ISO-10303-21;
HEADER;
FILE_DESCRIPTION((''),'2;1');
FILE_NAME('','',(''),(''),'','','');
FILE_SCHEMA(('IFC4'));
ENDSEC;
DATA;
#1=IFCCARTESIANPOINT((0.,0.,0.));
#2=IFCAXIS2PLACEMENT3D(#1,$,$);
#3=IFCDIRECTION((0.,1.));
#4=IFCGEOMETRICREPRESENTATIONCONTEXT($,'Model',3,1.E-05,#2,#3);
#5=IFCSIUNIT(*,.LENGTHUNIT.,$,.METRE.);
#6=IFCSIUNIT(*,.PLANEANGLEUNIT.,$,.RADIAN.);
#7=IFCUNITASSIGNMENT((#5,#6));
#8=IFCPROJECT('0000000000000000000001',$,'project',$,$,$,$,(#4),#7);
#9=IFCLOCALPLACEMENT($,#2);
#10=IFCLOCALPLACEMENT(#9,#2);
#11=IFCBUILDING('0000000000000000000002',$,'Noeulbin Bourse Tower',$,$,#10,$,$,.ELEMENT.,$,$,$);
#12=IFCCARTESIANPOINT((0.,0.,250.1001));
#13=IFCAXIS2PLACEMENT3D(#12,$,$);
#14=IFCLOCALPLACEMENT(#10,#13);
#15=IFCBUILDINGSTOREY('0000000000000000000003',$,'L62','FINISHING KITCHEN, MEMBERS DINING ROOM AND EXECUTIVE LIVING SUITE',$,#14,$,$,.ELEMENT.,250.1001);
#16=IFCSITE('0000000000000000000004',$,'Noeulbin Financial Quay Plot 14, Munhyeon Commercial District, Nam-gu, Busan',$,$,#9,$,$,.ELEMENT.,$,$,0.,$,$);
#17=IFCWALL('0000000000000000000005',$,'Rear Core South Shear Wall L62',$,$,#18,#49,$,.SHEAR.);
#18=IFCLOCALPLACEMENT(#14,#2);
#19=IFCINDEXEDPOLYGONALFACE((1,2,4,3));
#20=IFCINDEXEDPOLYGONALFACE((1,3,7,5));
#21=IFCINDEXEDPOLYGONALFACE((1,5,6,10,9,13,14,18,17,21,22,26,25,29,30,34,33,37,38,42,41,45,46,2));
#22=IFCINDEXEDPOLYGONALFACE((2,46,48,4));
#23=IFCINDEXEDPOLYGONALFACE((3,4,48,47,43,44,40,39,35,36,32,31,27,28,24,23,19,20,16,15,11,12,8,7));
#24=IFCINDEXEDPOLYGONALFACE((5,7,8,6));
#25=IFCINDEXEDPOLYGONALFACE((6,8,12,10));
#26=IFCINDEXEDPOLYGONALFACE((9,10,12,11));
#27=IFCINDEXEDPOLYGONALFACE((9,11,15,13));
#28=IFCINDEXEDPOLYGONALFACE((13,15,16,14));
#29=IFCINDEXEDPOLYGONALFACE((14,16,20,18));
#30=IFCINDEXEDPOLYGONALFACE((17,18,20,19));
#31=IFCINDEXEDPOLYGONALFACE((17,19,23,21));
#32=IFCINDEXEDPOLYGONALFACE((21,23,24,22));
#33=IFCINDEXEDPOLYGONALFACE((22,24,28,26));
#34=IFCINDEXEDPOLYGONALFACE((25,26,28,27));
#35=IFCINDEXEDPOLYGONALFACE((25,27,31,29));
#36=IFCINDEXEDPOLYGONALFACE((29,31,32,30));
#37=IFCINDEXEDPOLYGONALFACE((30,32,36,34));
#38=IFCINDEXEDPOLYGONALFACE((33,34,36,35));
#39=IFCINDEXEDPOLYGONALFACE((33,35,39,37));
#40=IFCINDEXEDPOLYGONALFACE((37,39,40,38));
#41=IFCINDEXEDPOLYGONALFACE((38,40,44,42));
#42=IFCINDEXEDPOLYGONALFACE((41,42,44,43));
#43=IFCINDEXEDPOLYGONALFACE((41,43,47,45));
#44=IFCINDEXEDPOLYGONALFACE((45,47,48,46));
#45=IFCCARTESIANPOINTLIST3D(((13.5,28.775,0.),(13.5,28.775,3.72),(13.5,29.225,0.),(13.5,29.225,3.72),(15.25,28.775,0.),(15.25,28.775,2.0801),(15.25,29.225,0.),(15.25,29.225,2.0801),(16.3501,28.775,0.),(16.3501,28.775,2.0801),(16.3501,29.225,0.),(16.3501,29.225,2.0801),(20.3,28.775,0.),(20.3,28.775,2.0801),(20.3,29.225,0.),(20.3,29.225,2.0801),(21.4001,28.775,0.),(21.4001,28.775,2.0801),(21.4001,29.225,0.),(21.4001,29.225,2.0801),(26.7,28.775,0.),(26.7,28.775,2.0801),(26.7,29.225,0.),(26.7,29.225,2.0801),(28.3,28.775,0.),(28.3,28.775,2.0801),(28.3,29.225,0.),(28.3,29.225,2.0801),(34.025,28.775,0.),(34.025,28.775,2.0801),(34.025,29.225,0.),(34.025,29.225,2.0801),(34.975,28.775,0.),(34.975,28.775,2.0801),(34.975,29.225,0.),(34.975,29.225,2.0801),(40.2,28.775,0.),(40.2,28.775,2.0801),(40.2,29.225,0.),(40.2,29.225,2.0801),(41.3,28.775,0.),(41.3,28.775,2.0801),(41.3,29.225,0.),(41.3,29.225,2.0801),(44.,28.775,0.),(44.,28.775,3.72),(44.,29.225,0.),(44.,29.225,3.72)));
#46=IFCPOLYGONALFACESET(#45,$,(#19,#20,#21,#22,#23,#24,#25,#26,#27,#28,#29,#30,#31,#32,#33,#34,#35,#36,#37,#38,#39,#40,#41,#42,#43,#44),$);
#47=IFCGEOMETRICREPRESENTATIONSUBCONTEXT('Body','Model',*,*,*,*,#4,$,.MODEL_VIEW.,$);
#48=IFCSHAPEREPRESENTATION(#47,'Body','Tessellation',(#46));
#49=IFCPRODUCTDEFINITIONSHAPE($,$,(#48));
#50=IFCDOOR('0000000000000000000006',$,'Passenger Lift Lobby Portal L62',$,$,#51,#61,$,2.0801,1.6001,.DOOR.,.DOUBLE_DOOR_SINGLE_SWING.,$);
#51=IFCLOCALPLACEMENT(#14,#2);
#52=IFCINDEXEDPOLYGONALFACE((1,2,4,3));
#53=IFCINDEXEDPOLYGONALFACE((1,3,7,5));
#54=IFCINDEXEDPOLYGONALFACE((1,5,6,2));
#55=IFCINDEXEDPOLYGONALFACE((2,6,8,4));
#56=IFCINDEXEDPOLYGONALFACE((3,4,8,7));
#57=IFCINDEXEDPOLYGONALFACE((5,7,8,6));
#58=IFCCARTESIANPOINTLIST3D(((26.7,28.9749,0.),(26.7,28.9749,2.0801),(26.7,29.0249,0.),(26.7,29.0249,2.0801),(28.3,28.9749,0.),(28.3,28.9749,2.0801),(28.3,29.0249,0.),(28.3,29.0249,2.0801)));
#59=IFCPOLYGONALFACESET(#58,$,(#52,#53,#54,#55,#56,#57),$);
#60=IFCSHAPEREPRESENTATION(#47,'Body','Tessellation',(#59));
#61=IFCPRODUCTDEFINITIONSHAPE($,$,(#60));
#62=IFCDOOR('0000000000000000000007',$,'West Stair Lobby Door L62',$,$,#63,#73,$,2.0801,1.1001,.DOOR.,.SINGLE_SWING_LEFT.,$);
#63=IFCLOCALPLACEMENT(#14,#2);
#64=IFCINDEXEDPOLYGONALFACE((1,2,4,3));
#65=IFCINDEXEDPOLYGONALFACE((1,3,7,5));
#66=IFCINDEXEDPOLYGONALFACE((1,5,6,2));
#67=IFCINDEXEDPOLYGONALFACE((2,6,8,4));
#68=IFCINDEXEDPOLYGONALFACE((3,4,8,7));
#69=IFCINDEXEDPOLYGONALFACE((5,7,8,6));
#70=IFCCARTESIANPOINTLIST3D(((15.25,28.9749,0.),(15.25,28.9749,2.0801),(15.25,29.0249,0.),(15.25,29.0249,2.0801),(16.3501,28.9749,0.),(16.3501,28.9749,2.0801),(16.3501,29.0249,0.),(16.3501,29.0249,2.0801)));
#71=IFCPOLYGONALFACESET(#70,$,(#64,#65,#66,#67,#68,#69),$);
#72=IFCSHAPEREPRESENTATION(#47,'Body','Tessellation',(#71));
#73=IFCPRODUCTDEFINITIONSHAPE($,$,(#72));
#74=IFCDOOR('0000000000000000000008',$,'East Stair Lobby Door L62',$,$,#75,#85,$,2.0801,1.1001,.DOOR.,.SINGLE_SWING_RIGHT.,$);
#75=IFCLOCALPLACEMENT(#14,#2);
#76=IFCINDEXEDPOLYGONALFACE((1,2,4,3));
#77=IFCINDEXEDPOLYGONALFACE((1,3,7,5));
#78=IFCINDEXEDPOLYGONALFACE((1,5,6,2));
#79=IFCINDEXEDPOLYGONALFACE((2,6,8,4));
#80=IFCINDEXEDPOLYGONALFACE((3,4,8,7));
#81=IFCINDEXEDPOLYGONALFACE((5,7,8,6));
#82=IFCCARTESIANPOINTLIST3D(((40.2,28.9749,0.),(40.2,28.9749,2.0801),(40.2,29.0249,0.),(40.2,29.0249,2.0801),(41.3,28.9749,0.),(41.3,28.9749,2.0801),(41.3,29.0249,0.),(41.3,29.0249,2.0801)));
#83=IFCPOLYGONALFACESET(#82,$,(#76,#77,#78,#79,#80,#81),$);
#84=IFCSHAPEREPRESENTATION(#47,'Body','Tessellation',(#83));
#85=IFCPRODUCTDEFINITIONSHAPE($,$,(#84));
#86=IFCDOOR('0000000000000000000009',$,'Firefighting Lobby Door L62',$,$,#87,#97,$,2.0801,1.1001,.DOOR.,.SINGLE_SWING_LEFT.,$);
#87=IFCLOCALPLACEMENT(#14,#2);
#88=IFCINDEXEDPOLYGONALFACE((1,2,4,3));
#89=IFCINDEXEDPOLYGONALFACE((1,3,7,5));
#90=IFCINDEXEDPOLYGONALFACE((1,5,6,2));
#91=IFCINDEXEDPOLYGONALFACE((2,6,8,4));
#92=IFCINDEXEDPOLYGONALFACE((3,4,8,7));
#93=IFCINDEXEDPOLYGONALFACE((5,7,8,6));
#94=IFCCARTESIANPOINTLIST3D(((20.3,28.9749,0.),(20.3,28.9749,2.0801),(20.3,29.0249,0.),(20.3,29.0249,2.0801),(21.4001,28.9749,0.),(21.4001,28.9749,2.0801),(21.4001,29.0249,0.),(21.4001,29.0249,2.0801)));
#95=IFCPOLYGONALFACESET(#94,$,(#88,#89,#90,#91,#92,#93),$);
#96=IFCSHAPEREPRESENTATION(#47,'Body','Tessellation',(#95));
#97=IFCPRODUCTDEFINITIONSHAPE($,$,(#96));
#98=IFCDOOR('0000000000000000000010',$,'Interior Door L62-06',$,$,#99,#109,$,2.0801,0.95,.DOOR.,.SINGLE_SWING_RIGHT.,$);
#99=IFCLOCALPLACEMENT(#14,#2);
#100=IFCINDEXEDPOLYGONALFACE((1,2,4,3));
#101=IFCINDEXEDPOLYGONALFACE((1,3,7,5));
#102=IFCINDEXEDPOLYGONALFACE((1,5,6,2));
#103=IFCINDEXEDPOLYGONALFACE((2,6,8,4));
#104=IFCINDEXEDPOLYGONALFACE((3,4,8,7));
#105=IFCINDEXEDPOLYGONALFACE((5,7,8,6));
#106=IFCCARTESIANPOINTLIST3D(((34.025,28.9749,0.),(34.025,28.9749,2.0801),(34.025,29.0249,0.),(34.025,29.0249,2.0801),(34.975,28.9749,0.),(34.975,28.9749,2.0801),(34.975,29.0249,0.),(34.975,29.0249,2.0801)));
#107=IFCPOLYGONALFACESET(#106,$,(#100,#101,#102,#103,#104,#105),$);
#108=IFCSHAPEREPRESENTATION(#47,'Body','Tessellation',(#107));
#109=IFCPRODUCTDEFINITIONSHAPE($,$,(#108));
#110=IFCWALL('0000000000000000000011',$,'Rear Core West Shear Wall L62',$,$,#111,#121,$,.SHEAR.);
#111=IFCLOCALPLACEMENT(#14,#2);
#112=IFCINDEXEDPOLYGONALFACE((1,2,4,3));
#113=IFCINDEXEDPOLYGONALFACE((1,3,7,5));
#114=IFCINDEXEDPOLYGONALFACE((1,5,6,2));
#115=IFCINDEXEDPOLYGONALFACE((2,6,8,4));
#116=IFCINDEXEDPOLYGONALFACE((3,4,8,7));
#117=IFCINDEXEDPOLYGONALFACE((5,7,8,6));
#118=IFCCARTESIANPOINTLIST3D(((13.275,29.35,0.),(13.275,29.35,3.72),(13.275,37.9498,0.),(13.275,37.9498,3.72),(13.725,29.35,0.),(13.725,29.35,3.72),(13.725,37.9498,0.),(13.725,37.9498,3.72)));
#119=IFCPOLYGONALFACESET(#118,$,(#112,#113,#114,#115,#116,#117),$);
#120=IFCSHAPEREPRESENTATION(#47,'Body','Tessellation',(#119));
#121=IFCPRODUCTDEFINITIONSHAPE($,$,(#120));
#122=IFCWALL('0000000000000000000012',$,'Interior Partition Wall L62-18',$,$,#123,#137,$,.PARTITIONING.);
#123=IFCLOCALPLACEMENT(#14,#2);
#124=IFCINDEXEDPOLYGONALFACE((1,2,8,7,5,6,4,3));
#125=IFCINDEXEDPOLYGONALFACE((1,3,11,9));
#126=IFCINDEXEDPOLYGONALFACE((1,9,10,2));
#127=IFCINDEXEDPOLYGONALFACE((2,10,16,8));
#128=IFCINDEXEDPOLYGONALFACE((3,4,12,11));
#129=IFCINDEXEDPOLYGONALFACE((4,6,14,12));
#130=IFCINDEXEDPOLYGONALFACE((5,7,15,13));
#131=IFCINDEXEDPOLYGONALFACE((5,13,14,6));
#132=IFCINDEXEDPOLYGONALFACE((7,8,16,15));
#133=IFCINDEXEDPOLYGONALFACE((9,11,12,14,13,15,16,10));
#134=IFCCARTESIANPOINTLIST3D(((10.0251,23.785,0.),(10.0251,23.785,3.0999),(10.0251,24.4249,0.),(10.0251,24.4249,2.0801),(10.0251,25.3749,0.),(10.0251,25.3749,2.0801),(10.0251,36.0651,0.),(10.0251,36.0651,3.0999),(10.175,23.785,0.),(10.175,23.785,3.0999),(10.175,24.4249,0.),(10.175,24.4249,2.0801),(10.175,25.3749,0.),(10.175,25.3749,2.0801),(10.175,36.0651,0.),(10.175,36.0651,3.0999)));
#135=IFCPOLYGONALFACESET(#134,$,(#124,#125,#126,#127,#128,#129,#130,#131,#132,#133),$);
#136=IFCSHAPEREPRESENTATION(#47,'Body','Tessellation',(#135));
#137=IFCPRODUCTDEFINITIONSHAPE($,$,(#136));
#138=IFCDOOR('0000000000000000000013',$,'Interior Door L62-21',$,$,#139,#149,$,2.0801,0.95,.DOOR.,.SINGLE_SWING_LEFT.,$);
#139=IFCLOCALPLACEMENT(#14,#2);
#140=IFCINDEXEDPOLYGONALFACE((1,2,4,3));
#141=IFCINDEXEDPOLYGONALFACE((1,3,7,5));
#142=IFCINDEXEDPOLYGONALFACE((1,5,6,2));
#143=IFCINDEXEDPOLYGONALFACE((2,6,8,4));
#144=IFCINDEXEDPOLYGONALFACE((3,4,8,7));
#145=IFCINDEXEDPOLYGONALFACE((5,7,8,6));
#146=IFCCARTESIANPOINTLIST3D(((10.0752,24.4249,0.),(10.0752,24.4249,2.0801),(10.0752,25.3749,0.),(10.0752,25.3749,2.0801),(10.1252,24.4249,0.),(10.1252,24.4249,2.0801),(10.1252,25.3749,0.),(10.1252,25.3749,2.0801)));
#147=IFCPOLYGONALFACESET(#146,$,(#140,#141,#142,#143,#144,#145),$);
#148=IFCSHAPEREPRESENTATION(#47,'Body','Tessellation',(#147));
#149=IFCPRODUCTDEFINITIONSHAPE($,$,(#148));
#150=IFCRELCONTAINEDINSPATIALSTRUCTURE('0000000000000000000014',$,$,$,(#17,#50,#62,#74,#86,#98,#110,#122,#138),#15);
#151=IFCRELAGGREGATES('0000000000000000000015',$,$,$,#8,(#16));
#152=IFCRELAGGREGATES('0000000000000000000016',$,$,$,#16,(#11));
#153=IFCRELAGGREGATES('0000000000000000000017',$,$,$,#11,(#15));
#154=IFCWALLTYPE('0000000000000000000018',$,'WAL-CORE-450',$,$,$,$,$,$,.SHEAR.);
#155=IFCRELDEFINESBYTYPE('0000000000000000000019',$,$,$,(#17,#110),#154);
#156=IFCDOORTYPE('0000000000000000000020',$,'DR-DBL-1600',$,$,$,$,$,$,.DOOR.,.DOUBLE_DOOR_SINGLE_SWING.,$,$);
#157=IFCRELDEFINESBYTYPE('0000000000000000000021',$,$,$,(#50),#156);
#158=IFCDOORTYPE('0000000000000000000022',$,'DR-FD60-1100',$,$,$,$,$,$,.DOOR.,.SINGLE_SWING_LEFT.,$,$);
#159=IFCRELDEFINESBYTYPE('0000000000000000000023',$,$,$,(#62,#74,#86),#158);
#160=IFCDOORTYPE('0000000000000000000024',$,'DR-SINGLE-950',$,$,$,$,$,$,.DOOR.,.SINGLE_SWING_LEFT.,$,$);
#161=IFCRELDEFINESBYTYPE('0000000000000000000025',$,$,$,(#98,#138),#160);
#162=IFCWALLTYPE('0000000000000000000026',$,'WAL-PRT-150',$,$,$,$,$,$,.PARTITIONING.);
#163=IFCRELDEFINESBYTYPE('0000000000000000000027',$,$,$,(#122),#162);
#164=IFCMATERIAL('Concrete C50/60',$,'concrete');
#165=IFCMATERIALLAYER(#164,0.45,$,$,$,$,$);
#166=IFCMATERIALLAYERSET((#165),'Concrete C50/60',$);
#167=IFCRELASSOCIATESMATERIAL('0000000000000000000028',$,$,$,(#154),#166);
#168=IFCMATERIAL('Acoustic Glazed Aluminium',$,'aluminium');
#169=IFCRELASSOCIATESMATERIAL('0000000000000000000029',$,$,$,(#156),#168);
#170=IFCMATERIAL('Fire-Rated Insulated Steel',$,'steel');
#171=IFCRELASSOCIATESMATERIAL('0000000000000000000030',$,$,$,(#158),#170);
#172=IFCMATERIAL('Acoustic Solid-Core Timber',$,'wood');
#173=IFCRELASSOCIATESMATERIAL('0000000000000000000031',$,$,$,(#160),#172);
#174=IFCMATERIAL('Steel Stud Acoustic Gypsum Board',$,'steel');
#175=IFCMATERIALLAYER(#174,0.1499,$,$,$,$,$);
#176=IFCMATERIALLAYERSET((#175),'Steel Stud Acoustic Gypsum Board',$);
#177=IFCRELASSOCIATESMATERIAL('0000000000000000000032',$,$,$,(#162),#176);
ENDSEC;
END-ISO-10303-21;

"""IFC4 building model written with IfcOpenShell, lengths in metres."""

from ifc_helpers import new_model, si_unit, direction, frame, frame_2d, origin, place, context, subcontext, project, spatial, rectangle, extrude, material, layer, layer_set, type_object, element, fill, save


model = new_model("IFC4")

# Units and contexts
model_context = context("Model", 3, precision=1e-05, world=origin(), true_north=direction((0.0, 1.0)))
body_context = subcontext(model_context, "Body", "Model", "MODEL_VIEW")
ifc_project = project(units=[si_unit("LENGTHUNIT", "METRE"), si_unit("PLANEANGLEUNIT", "RADIAN")], contexts=[model_context])

# Site, building, storey
site_placement = place(None, origin())
site = spatial("IfcSite", under=ifc_project, at=site_placement, Name="Noeulbin Financial Quay Plot 14, Munhyeon Commercial District, Nam-gu, Busan", CompositionType="ELEMENT", RefElevation=0.0)
building_placement = place(site_placement, origin())
building = spatial("IfcBuilding", under=site, at=building_placement, Name="Noeulbin Bourse Tower", CompositionType="ELEMENT")
storey_placement = place(building_placement, frame((0.0, 0.0, 250.1001)))
storey = spatial("IfcBuildingStorey", under=building, at=storey_placement, Name="L62", Description="FINISHING KITCHEN, MEMBERS DINING ROOM AND EXECUTIVE LIVING SUITE", CompositionType="ELEMENT", Elevation=250.1001)

# Wall, openings, doors
ifc_material_1 = material(Name="Concrete C50/60", Category="concrete")
ifc_layer_1 = layer(ifc_material_1, 0.45)
ifc_layer_set_1 = layer_set([ifc_layer_1], Name="Concrete C50/60")
wall_type_1 = type_object("IfcWallType", Name="WAL-CORE-450", PredefinedType="SHEAR", material=ifc_layer_set_1)
wall_1_placement = place(storey_placement, frame((13.5, 29.0, 0.0), z_axis=(0.0, 0.0, 1.0), x_axis=(1.0, 0.0, 0.0)))
wall_1 = element("IfcWall", 1, at=wall_1_placement, inside=storey, type_object=wall_type_1, Name="Rear Core South Shear Wall L62", PredefinedType="SHEAR", context=body_context, shape_type="SweptSolid", body=[
    extrude(rectangle(XDim=30.5, YDim=0.45, at=frame_2d((15.25, 0.0))), origin(), (0.0, 0.0, 1.0), 3.72),
])
opening_1_placement = place(wall_1_placement, frame((1.75, 0.0, 0.0)))
opening_1 = element("IfcOpeningElement", 2, at=opening_1_placement, cuts=wall_1, PredefinedType="OPENING", context=body_context, shape_type="SweptSolid", body=[
    extrude(rectangle(XDim=1.1001, YDim=2.0801, at=frame_2d((0.55, 1.04))), frame((0.0, 0.2349, 0.0), z_axis=(0.0, -1.0, 0.0), x_axis=(1.0, 0.0, 0.0)), (0.0, 0.0, 1.0), 0.47),
])
opening_2_placement = place(wall_1_placement, frame((26.7, 0.0, 0.0)))
opening_2 = element("IfcOpeningElement", 3, at=opening_2_placement, cuts=wall_1, PredefinedType="OPENING", context=body_context, shape_type="SweptSolid", body=[
    extrude(rectangle(XDim=1.1001, YDim=2.0801, at=frame_2d((0.55, 1.04))), frame((0.0, 0.2349, 0.0), z_axis=(0.0, -1.0, 0.0), x_axis=(1.0, 0.0, 0.0)), (0.0, 0.0, 1.0), 0.47),
])
opening_3_placement = place(wall_1_placement, frame((6.8, 0.0, 0.0)))
opening_3 = element("IfcOpeningElement", 4, at=opening_3_placement, cuts=wall_1, PredefinedType="OPENING", context=body_context, shape_type="SweptSolid", body=[
    extrude(rectangle(XDim=1.1001, YDim=2.0801, at=frame_2d((0.55, 1.04))), frame((0.0, 0.2349, 0.0), z_axis=(0.0, -1.0, 0.0), x_axis=(1.0, 0.0, 0.0)), (0.0, 0.0, 1.0), 0.47),
])
opening_4_placement = place(wall_1_placement, frame((13.2, 0.0, 0.0)))
opening_4 = element("IfcOpeningElement", 5, at=opening_4_placement, cuts=wall_1, PredefinedType="OPENING", context=body_context, shape_type="SweptSolid", body=[
    extrude(rectangle(XDim=1.6001, YDim=2.0801, at=frame_2d((0.8, 1.04))), frame((0.0, 0.2349, 0.0), z_axis=(0.0, -1.0, 0.0), x_axis=(1.0, 0.0, 0.0)), (0.0, 0.0, 1.0), 0.47),
])
opening_5_placement = place(wall_1_placement, frame((20.5249, 0.0, 0.0)))
opening_5 = element("IfcOpeningElement", 6, at=opening_5_placement, cuts=wall_1, PredefinedType="OPENING", context=body_context, shape_type="SweptSolid", body=[
    extrude(rectangle(XDim=0.95, YDim=2.0801, at=frame_2d((0.4751, 1.04))), frame((0.0, 0.2349, 0.0), z_axis=(0.0, -1.0, 0.0), x_axis=(1.0, 0.0, 0.0)), (0.0, 0.0, 1.0), 0.47),
])
ifc_material_2 = material(Name="Acoustic Glazed Aluminium", Category="aluminium")
door_type_1 = type_object("IfcDoorType", Name="DR-DBL-1600", OperationType="DOUBLE_DOOR_SINGLE_SWING", PredefinedType="DOOR", material=ifc_material_2)
door_1_placement = place(opening_4_placement, origin())
door_1 = element("IfcDoor", 7, at=door_1_placement, inside=storey, type_object=door_type_1, Name="Passenger Lift Lobby Portal L62", OperationType="DOUBLE_DOOR_SINGLE_SWING", OverallHeight=2.0801, OverallWidth=1.6001, PredefinedType="DOOR", context=body_context, shape_type="SweptSolid", body=[
    extrude(rectangle(XDim=1.6001, YDim=2.0801, at=frame_2d((0.8, 1.04))), frame((0.0, 0.0249, 0.0), z_axis=(0.0, -1.0, 0.0), x_axis=(1.0, 0.0, 0.0)), (0.0, 0.0, 1.0), 0.05),
])
fill(opening_4, door_1)
ifc_material_3 = material(Name="Fire-Rated Insulated Steel", Category="steel")
door_type_2 = type_object("IfcDoorType", Name="DR-FD60-1100", OperationType="SINGLE_SWING_LEFT", PredefinedType="DOOR", material=ifc_material_3)
door_2_placement = place(opening_1_placement, origin())
door_2 = element("IfcDoor", 8, at=door_2_placement, inside=storey, type_object=door_type_2, Name="West Stair Lobby Door L62", OperationType="SINGLE_SWING_LEFT", OverallHeight=2.0801, OverallWidth=1.1001, PredefinedType="DOOR", context=body_context, shape_type="SweptSolid", body=[
    extrude(rectangle(XDim=1.1001, YDim=2.0801, at=frame_2d((0.55, 1.04))), frame((0.0, 0.0249, 0.0), z_axis=(0.0, -1.0, 0.0), x_axis=(1.0, 0.0, 0.0)), (0.0, 0.0, 1.0), 0.05),
])
fill(opening_1, door_2)
door_3_placement = place(opening_2_placement, origin())
door_3 = element("IfcDoor", 9, at=door_3_placement, inside=storey, type_object=door_type_2, Name="East Stair Lobby Door L62", OperationType="SINGLE_SWING_RIGHT", OverallHeight=2.0801, OverallWidth=1.1001, PredefinedType="DOOR", context=body_context, shape_type="SweptSolid", body=[
    extrude(rectangle(XDim=1.1001, YDim=2.0801, at=frame_2d((0.55, 1.04))), frame((0.0, 0.0249, 0.0), z_axis=(0.0, -1.0, 0.0), x_axis=(1.0, 0.0, 0.0)), (0.0, 0.0, 1.0), 0.05),
])
fill(opening_2, door_3)
door_4_placement = place(opening_3_placement, origin())
door_4 = element("IfcDoor", 10, at=door_4_placement, inside=storey, type_object=door_type_2, Name="Firefighting Lobby Door L62", OperationType="SINGLE_SWING_LEFT", OverallHeight=2.0801, OverallWidth=1.1001, PredefinedType="DOOR", context=body_context, shape_type="SweptSolid", body=[
    extrude(rectangle(XDim=1.1001, YDim=2.0801, at=frame_2d((0.55, 1.04))), frame((0.0, 0.0249, 0.0), z_axis=(0.0, -1.0, 0.0), x_axis=(1.0, 0.0, 0.0)), (0.0, 0.0, 1.0), 0.05),
])
fill(opening_3, door_4)
ifc_material_4 = material(Name="Acoustic Solid-Core Timber", Category="wood")
door_type_3 = type_object("IfcDoorType", Name="DR-SINGLE-950", OperationType="SINGLE_SWING_LEFT", PredefinedType="DOOR", material=ifc_material_4)
door_5_placement = place(opening_5_placement, origin())
door_5 = element("IfcDoor", 11, at=door_5_placement, inside=storey, type_object=door_type_3, Name="Interior Door L62-06", OperationType="SINGLE_SWING_RIGHT", OverallHeight=2.0801, OverallWidth=0.95, PredefinedType="DOOR", context=body_context, shape_type="SweptSolid", body=[
    extrude(rectangle(XDim=0.95, YDim=2.0801, at=frame_2d((0.4751, 1.04))), frame((0.0, 0.0249, 0.0), z_axis=(0.0, -1.0, 0.0), x_axis=(1.0, 0.0, 0.0)), (0.0, 0.0, 1.0), 0.05),
])
fill(opening_5, door_5)

# Wall
wall_2_placement = place(storey_placement, frame((13.5, 29.3501, 0.0), z_axis=(0.0, 0.0, 1.0), x_axis=(0.0, 1.0, 0.0)))
element("IfcWall", 12, at=wall_2_placement, inside=storey, type_object=wall_type_1, Name="Rear Core West Shear Wall L62", PredefinedType="SHEAR", context=body_context, shape_type="SweptSolid", body=[
    extrude(rectangle(XDim=8.5999, YDim=0.45, at=frame_2d((4.2998, 0.0))), origin(), (0.0, 0.0, 1.0), 3.72),
])

# Wall, opening, door
ifc_material_5 = material(Name="Steel Stud Acoustic Gypsum Board", Category="steel")
ifc_layer_2 = layer(ifc_material_5, 0.1499)
ifc_layer_set_2 = layer_set([ifc_layer_2], Name="Steel Stud Acoustic Gypsum Board")
wall_type_2 = type_object("IfcWallType", Name="WAL-PRT-150", PredefinedType="PARTITIONING", material=ifc_layer_set_2)
wall_3_placement = place(storey_placement, frame((10.1001, 23.7849, 0.0), z_axis=(0.0, 0.0, 1.0), x_axis=(0.0, 1.0, 0.0)))
wall_3 = element("IfcWall", 13, at=wall_3_placement, inside=storey, type_object=wall_type_2, Name="Interior Partition Wall L62-18", PredefinedType="PARTITIONING", context=body_context, shape_type="SweptSolid", body=[
    extrude(rectangle(XDim=12.28, YDim=0.1499, at=frame_2d((6.1401, 0.0))), origin(), (0.0, 0.0, 1.0), 3.0999),
])
opening_6_placement = place(wall_3_placement, frame((0.6399, 0.0, 0.0)))
opening_6 = element("IfcOpeningElement", 14, at=opening_6_placement, cuts=wall_3, PredefinedType="OPENING", context=body_context, shape_type="SweptSolid", body=[
    extrude(rectangle(XDim=0.95, YDim=2.0801, at=frame_2d((0.4751, 1.04))), frame((0.0, 0.085, 0.0), z_axis=(0.0, -1.0, 0.0), x_axis=(1.0, 0.0, 0.0)), (0.0, 0.0, 1.0), 0.1699),
])
door_6_placement = place(opening_6_placement, origin())
door_6 = element("IfcDoor", 15, at=door_6_placement, inside=storey, type_object=door_type_3, Name="Interior Door L62-21", OperationType="SINGLE_SWING_LEFT", OverallHeight=2.0801, OverallWidth=0.95, PredefinedType="DOOR", context=body_context, shape_type="SweptSolid", body=[
    extrude(rectangle(XDim=0.95, YDim=2.0801, at=frame_2d((0.4751, 1.04))), frame((0.0, 0.0249, 0.0), z_axis=(0.0, -1.0, 0.0), x_axis=(1.0, 0.0, 0.0)), (0.0, 0.0, 1.0), 0.05),
])
fill(opening_6, door_6)

save(model, "model.ifc")
